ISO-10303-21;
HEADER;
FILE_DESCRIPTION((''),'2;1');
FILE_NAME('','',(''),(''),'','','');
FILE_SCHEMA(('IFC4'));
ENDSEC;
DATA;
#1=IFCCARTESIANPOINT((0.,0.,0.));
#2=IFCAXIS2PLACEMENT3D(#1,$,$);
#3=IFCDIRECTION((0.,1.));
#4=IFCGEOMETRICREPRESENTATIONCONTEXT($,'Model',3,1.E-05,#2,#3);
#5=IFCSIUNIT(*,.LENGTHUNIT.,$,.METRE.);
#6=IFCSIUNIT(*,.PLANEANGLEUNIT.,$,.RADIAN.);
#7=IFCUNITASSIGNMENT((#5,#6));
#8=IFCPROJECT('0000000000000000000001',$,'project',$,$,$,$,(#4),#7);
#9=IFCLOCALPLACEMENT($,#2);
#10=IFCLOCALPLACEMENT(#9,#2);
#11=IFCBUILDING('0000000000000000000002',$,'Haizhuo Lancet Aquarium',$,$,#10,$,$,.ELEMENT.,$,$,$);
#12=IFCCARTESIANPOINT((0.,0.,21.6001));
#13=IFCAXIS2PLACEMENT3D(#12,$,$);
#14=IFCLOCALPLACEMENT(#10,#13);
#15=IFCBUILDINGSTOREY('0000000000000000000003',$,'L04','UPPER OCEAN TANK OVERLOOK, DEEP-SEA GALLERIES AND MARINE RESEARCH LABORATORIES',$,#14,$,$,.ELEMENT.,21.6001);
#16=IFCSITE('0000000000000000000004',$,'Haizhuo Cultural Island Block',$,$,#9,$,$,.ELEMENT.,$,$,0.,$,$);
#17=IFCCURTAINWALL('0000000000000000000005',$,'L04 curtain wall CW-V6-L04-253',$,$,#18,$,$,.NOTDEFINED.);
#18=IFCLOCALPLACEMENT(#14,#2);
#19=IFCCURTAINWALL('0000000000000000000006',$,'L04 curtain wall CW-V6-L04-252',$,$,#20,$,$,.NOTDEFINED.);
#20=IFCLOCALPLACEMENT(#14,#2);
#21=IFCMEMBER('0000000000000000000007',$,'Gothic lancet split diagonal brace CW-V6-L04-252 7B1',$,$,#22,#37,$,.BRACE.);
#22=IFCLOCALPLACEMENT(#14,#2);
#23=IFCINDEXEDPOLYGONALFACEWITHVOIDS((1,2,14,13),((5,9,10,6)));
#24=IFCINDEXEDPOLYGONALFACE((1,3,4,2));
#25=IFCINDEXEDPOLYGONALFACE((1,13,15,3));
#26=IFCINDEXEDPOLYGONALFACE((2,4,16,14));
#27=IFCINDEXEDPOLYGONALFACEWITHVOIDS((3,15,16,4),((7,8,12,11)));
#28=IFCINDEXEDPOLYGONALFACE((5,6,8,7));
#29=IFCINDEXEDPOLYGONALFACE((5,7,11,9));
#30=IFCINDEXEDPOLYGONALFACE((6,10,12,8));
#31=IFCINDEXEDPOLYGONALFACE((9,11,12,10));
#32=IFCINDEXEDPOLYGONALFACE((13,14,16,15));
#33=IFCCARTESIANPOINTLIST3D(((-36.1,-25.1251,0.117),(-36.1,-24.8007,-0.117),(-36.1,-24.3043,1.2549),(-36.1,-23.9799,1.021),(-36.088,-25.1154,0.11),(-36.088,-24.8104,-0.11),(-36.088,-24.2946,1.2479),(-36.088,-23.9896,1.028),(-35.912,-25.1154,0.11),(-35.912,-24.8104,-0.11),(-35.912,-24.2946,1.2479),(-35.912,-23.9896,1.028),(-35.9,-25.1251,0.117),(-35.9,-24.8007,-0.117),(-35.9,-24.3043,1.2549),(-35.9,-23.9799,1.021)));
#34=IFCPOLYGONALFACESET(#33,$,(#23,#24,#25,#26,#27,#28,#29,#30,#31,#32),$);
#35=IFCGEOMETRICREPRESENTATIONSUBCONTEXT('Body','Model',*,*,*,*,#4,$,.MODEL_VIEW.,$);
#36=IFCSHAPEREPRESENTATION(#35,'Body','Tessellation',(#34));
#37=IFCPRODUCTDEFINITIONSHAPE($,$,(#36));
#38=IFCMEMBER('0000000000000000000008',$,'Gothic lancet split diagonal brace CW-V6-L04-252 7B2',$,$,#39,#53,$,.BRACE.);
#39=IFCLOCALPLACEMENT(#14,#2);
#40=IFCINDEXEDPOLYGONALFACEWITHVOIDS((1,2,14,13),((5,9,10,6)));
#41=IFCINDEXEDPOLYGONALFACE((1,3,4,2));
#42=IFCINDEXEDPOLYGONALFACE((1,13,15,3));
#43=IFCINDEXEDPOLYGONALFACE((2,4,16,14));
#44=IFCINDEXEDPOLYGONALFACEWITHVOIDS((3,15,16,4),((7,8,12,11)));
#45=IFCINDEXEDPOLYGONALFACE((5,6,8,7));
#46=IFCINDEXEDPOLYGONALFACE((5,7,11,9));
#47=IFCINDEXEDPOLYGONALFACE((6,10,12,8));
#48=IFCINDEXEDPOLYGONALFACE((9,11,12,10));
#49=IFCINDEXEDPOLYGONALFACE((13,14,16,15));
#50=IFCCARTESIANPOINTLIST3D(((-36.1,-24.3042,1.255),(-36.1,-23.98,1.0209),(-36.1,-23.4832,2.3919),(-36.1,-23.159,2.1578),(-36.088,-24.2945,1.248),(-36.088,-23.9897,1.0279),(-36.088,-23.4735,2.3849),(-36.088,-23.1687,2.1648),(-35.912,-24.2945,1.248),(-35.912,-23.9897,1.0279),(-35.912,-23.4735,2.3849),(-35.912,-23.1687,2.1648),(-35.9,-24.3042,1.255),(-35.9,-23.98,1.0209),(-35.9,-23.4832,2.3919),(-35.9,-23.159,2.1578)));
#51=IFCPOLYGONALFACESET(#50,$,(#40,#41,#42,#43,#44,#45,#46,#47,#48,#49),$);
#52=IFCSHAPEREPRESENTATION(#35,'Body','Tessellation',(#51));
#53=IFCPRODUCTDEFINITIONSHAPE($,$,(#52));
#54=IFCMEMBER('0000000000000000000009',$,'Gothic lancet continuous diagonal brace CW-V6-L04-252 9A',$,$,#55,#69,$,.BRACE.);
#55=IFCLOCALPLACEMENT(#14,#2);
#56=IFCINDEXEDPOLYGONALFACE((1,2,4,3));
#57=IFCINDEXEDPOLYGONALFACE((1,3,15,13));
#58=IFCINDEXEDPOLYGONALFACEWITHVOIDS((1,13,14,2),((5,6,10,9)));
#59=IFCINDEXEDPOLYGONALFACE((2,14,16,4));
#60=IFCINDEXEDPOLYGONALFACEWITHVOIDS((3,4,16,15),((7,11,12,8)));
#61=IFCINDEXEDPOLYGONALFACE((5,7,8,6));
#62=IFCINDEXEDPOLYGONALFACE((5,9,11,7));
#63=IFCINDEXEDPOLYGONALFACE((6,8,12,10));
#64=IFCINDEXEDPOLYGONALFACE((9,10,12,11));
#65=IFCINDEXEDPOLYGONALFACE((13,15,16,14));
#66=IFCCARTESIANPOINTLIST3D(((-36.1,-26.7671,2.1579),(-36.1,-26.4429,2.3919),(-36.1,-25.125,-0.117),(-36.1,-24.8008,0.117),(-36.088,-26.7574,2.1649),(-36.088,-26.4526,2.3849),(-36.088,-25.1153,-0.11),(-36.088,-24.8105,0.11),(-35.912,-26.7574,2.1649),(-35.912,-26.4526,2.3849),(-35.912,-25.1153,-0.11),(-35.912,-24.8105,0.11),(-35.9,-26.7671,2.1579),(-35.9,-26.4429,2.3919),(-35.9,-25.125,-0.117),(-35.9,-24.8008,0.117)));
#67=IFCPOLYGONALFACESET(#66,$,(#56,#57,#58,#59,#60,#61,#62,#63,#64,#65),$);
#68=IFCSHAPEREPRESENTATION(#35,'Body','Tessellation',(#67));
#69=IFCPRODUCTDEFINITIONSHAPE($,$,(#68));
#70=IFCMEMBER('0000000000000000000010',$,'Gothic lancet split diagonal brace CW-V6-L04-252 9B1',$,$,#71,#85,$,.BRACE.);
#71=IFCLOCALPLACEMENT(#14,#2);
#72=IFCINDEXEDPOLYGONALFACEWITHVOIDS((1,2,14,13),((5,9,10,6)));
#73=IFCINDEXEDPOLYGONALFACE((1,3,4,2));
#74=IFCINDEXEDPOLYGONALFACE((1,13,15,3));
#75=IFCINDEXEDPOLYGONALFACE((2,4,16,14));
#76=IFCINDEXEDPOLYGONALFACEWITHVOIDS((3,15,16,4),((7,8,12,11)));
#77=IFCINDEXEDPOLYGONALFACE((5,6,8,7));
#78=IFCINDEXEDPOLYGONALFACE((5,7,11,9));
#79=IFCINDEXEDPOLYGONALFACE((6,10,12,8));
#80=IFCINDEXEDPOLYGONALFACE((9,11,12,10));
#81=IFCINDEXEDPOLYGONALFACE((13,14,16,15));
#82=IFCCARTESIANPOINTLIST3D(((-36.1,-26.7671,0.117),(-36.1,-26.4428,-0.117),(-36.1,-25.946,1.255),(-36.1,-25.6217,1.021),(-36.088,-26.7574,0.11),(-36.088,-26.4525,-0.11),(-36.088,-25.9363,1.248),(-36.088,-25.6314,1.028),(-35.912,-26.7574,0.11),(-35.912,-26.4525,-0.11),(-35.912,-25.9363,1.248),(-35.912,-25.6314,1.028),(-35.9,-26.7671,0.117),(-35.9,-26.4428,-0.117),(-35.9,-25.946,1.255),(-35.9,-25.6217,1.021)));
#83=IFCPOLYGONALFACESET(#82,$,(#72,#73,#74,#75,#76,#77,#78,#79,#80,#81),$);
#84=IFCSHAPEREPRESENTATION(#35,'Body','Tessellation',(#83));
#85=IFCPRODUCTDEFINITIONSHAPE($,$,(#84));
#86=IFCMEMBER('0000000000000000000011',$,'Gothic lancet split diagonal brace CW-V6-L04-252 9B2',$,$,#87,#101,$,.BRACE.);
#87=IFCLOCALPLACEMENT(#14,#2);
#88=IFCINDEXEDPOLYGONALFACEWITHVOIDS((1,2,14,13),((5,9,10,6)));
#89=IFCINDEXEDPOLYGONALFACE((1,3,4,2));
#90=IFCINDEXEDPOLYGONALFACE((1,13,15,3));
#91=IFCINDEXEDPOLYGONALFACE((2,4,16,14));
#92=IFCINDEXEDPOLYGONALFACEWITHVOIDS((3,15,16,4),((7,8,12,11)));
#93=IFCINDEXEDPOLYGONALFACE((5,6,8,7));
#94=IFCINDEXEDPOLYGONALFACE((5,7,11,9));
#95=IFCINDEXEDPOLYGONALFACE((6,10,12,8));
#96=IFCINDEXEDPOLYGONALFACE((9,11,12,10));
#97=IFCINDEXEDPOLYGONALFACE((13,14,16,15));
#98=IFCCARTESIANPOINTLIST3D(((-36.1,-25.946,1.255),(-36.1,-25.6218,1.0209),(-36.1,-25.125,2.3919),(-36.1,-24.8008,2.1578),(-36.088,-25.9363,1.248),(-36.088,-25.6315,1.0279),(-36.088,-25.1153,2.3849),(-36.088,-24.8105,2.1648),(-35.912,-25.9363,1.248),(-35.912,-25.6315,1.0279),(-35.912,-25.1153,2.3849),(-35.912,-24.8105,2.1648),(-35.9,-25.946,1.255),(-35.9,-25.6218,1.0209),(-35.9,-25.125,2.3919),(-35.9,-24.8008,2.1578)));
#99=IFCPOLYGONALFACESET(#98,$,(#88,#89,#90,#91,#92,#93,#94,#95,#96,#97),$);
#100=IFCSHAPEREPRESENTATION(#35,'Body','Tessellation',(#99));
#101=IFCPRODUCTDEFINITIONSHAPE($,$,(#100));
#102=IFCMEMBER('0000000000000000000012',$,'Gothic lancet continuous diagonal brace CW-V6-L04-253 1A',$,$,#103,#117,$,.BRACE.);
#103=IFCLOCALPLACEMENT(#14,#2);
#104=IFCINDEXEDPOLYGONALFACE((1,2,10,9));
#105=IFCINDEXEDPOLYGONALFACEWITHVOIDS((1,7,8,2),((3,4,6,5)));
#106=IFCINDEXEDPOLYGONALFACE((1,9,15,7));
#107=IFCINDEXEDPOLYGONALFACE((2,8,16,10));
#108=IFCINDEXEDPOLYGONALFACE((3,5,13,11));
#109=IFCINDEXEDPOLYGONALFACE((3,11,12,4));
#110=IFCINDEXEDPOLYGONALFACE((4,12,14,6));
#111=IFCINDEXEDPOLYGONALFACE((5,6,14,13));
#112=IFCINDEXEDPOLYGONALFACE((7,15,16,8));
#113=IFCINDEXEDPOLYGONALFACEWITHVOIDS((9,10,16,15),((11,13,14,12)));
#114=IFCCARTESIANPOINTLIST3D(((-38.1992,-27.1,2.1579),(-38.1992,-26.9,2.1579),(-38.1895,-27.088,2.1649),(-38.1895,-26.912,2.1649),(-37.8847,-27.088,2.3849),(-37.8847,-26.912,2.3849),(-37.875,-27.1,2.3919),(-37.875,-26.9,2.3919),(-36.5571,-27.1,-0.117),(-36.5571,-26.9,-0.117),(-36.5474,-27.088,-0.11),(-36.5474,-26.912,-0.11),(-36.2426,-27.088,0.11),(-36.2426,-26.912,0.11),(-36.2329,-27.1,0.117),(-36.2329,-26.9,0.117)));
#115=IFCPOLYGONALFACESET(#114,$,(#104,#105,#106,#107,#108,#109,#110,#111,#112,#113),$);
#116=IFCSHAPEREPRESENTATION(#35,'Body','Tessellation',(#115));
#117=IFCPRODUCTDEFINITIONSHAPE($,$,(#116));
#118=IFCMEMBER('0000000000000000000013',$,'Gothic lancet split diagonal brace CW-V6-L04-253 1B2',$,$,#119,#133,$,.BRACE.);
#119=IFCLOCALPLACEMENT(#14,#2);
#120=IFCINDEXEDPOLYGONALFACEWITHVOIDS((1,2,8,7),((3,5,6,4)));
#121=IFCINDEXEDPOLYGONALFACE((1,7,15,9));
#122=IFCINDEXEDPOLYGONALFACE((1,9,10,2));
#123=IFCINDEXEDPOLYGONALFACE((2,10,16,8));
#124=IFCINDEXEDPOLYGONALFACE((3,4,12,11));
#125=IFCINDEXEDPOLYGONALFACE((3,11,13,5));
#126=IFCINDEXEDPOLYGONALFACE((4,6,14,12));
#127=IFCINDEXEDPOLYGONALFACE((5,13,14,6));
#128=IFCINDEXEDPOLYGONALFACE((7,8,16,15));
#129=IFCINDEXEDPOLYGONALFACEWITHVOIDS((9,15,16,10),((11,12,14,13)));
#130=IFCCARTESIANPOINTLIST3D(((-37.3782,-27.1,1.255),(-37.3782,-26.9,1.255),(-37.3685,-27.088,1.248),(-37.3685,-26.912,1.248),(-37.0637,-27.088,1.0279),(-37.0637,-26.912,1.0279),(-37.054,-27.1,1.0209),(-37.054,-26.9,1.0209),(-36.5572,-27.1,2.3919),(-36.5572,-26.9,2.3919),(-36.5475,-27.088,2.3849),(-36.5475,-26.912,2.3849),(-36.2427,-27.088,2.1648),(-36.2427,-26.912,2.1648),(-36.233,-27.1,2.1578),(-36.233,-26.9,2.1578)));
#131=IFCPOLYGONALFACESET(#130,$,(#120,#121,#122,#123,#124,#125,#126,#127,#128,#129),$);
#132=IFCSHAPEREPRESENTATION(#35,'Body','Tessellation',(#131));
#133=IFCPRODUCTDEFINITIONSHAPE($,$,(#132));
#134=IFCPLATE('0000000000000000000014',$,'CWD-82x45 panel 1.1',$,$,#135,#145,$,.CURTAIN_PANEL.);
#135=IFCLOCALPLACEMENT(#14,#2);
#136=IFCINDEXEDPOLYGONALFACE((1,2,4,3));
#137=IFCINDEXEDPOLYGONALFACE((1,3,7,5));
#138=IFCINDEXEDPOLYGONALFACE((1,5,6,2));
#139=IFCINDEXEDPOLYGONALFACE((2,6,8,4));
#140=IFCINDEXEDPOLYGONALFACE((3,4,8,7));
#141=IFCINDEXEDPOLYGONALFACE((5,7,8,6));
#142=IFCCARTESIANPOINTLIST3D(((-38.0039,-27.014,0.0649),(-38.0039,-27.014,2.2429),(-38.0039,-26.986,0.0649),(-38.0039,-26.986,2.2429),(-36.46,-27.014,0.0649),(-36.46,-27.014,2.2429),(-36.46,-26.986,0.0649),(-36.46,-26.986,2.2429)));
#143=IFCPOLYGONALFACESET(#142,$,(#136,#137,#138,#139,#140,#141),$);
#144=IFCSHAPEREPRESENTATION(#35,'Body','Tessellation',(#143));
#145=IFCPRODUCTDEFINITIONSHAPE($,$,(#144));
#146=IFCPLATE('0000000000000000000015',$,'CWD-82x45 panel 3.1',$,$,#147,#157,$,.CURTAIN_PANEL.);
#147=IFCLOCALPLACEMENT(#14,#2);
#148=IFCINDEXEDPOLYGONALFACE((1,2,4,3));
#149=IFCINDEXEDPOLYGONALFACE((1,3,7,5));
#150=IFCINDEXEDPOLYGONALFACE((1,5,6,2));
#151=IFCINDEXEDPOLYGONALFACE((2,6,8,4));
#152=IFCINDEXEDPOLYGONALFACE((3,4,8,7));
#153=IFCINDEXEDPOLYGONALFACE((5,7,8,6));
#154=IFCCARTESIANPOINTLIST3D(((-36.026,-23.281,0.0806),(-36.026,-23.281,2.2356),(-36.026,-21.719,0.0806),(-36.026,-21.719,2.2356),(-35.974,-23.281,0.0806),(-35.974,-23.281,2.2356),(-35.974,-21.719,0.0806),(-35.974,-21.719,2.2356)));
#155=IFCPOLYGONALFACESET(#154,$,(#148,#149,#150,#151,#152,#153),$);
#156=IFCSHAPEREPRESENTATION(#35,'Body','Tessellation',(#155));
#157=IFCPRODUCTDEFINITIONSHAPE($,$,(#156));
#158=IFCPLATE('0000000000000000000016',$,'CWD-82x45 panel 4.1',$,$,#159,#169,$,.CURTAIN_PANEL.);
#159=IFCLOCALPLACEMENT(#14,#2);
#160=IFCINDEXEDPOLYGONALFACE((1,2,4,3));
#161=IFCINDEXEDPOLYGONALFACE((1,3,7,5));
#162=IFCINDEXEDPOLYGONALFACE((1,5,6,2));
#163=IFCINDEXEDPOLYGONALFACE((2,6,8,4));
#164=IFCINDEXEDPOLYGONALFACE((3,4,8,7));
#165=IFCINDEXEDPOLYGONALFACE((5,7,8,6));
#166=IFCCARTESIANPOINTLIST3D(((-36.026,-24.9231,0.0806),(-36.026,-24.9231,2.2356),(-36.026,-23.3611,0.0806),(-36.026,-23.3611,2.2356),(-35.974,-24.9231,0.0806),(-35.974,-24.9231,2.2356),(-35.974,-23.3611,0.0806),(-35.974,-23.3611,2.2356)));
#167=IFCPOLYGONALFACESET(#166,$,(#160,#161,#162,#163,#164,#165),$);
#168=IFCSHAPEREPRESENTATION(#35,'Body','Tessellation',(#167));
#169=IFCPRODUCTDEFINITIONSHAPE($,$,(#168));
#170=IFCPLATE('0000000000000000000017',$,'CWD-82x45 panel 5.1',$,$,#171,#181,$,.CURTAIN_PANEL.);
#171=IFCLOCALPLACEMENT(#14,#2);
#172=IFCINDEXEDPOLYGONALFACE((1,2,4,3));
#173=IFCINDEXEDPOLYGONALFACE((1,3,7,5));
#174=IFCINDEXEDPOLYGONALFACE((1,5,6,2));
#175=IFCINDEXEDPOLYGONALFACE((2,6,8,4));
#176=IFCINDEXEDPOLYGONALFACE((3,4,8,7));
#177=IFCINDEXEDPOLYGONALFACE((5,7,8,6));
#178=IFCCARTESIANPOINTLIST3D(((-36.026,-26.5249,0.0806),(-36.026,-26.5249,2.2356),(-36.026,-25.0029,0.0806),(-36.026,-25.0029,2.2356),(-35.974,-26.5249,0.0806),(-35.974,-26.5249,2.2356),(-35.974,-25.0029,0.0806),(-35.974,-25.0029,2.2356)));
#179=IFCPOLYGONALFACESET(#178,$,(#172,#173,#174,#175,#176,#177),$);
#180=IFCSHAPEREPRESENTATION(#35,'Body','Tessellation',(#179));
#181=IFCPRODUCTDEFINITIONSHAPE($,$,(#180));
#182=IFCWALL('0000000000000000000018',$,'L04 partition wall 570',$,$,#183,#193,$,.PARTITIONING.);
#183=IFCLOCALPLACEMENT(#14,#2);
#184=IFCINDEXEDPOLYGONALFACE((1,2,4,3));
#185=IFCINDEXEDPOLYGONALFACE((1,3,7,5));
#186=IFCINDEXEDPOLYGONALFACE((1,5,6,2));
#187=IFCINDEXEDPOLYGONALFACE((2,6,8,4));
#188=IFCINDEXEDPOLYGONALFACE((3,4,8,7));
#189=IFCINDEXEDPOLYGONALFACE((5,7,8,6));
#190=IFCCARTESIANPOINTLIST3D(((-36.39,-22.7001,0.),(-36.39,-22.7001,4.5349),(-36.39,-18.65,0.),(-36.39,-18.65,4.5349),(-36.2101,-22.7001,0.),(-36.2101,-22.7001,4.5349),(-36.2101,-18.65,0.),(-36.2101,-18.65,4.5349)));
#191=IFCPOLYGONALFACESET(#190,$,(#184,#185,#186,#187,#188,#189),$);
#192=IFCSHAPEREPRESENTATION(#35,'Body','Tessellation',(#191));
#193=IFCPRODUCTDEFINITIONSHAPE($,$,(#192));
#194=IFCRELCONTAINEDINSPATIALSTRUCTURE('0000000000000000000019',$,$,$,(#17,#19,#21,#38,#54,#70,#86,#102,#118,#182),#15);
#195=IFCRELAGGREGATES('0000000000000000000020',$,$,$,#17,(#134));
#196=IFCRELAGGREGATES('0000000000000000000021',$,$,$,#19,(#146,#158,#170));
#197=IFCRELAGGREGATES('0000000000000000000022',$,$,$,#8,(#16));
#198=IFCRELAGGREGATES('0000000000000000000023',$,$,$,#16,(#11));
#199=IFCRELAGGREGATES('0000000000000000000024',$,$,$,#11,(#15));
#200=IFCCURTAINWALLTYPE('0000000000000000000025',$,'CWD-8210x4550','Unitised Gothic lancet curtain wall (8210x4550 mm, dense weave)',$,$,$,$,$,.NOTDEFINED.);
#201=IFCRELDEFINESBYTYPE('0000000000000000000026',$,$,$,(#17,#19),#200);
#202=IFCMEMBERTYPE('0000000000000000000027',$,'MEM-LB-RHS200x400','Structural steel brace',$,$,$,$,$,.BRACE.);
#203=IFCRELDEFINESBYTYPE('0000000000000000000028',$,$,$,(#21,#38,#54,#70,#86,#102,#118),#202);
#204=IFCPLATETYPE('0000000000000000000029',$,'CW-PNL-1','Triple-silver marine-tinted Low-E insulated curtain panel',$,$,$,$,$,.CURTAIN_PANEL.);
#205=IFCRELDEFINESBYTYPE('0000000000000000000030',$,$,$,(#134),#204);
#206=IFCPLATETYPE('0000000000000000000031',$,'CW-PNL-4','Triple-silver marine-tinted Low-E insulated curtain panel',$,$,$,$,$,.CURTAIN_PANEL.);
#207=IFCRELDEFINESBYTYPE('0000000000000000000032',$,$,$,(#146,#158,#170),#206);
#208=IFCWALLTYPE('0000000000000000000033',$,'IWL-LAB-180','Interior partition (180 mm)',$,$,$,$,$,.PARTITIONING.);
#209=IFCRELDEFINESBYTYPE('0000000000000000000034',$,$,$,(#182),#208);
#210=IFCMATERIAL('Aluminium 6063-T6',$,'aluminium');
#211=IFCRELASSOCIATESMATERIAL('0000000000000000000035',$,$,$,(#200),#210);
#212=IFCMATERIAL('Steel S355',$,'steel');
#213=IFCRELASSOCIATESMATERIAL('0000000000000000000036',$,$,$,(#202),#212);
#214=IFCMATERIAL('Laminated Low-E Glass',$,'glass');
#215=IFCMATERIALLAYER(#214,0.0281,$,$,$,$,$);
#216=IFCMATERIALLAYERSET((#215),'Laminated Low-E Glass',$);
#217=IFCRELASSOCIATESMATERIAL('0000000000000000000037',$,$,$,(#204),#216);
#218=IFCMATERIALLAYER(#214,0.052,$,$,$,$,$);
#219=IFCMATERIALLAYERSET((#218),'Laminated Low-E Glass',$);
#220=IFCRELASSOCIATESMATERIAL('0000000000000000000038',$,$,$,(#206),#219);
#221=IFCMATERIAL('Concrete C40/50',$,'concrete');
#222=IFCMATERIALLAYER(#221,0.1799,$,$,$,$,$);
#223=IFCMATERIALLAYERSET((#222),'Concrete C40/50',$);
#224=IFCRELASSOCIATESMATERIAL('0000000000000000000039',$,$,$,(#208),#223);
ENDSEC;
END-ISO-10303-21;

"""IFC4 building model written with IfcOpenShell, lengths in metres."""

from ifc_helpers import new_model, si_unit, direction, frame, frame_2d, origin, origin_2d, place, context, subcontext, project, spatial, rectangle, hollow_rectangle, extrude, material, layer, layer_set, material_profile, profile_set, type_object, element, aggregate, save


model = new_model("IFC4")

# Units and contexts
model_context = context("Model", 3, precision=1e-05, world=origin(), true_north=direction((0.0, 1.0)))
body_context = subcontext(model_context, "Body", "Model", "MODEL_VIEW")
ifc_project = project(units=[si_unit("LENGTHUNIT", "METRE"), si_unit("PLANEANGLEUNIT", "RADIAN")], contexts=[model_context])

# Site, building, storey
site_placement = place(None, origin())
site = spatial("IfcSite", under=ifc_project, at=site_placement, Name="Haizhuo Cultural Island Block", CompositionType="ELEMENT", RefElevation=0.0)
building_placement = place(site_placement, origin())
building = spatial("IfcBuilding", under=site, at=building_placement, Name="Haizhuo Lancet Aquarium", CompositionType="ELEMENT")
storey_placement = place(building_placement, frame((0.0, 0.0, 21.6001)))
storey = spatial("IfcBuildingStorey", under=building, at=storey_placement, Name="L04", Description="UPPER OCEAN TANK OVERLOOK, DEEP-SEA GALLERIES AND MARINE RESEARCH LABORATORIES", CompositionType="ELEMENT", Elevation=21.6001)

# Shared definitions
ifc_material_1 = material(Name="Concrete C40/50", Category="concrete")

# Curtain wall
ifc_material_2 = material(Name="Aluminium 6063-T6", Category="aluminium")
curtain_wall_type = type_object("IfcCurtainWallType", Name="CWD-8210x4550", Description="Unitised Gothic lancet curtain wall (8210x4550 mm, dense weave)", PredefinedType="NOTDEFINED", material=ifc_material_2)
curtain_wall_1_placement = place(storey_placement, origin())
curtain_wall_1 = element("IfcCurtainWall", 1, at=curtain_wall_1_placement, inside=storey, type_object=curtain_wall_type, Name="L04 curtain wall CW-V6-L04-253", PredefinedType="NOTDEFINED")

# Curtain wall
curtain_wall_2_placement = place(storey_placement, origin())
curtain_wall_2 = element("IfcCurtainWall", 2, at=curtain_wall_2_placement, inside=storey, type_object=curtain_wall_type, Name="L04 curtain wall CW-V6-L04-252", PredefinedType="NOTDEFINED")

# Members
ifc_material_3 = material(Name="Steel S355", Category="steel")
ifc_material_profile_1 = material_profile(ifc_material_3, hollow_rectangle(XDim=0.2, YDim=0.3999, WallThickness=0.012, at=origin_2d()), Name="RHS 200x400x12")
ifc_profile_set_1 = profile_set([ifc_material_profile_1], Name="Steel S355")
member_type_1 = type_object("IfcMemberType", Name="MEM-LB-RHS200x400", Description="Structural steel brace", PredefinedType="BRACE", material=ifc_profile_set_1)
member_1_placement = place(storey_placement, frame((-36.0, -24.9629, 0.0), z_axis=(0.0, 0.585001, 0.811032), x_axis=(-1.0, 0.0, 0.0)))
element("IfcMember", 3, at=member_1_placement, inside=storey, type_object=member_type_1, Name="Gothic lancet split diagonal brace CW-V6-L04-252 7B1", PredefinedType="BRACE", context=body_context, shape_type="SweptSolid", body=[
    extrude(hollow_rectangle(XDim=0.2, YDim=0.3999, WallThickness=0.012, at=origin_2d()), origin(), (0.0, 0.0, 1.0), 1.4031),
])
member_2_placement = place(storey_placement, frame((-36.0, -24.1421, 1.1379), z_axis=(0.0, 0.585446, 0.810711), x_axis=(-1.0, 0.0, 0.0)))
element("IfcMember", 4, at=member_2_placement, inside=storey, type_object=member_type_1, Name="Gothic lancet split diagonal brace CW-V6-L04-252 7B2", PredefinedType="BRACE", context=body_context, shape_type="SweptSolid", body=[
    extrude(hollow_rectangle(XDim=0.2, YDim=0.3999, WallThickness=0.012, at=origin_2d()), origin(), (0.0, 0.0, 1.0), 1.4023),
])
member_3_placement = place(storey_placement, frame((-36.0, -24.9629, 0.0), z_axis=(0.0, -0.585281, 0.810831), x_axis=(1.0, 0.0, 0.0)))
element("IfcMember", 5, at=member_3_placement, inside=storey, type_object=member_type_1, Name="Gothic lancet continuous diagonal brace CW-V6-L04-252 9A", PredefinedType="BRACE", context=body_context, shape_type="SweptSolid", body=[
    extrude(hollow_rectangle(XDim=0.2, YDim=0.3999, WallThickness=0.012, at=origin_2d()), origin(), (0.0, 0.0, 1.0), 2.8057),
])
member_4_placement = place(storey_placement, frame((-36.0, -26.605, 0.0), z_axis=(0.0, 0.585116, 0.81095), x_axis=(-1.0, 0.0, 0.0)))
element("IfcMember", 6, at=member_4_placement, inside=storey, type_object=member_type_1, Name="Gothic lancet split diagonal brace CW-V6-L04-252 9B1", PredefinedType="BRACE", context=body_context, shape_type="SweptSolid", body=[
    extrude(hollow_rectangle(XDim=0.2, YDim=0.3999, WallThickness=0.012, at=origin_2d()), origin(), (0.0, 0.0, 1.0), 1.4033),
])
member_5_placement = place(storey_placement, frame((-36.0, -25.7839, 1.1379), z_axis=(0.0, 0.585446, 0.810711), x_axis=(-1.0, 0.0, 0.0)))
element("IfcMember", 7, at=member_5_placement, inside=storey, type_object=member_type_1, Name="Gothic lancet split diagonal brace CW-V6-L04-252 9B2", PredefinedType="BRACE", context=body_context, shape_type="SweptSolid", body=[
    extrude(hollow_rectangle(XDim=0.2, YDim=0.3999, WallThickness=0.012, at=origin_2d()), origin(), (0.0, 0.0, 1.0), 1.4023),
])
member_6_placement = place(storey_placement, frame((-36.395, -27.0, 0.0), z_axis=(-0.585281, 0.0, 0.810831), x_axis=(0.0, -1.0, 0.0)))
element("IfcMember", 8, at=member_6_placement, inside=storey, type_object=member_type_1, Name="Gothic lancet continuous diagonal brace CW-V6-L04-253 1A", PredefinedType="BRACE", context=body_context, shape_type="SweptSolid", body=[
    extrude(hollow_rectangle(XDim=0.2, YDim=0.3999, WallThickness=0.012, at=origin_2d()), origin(), (0.0, 0.0, 1.0), 2.8057),
])
member_7_placement = place(storey_placement, frame((-37.2161, -27.0, 1.1379), z_axis=(0.585446, 0.0, 0.810711), x_axis=(0.0, 1.0, 0.0)))
element("IfcMember", 9, at=member_7_placement, inside=storey, type_object=member_type_1, Name="Gothic lancet split diagonal brace CW-V6-L04-253 1B2", PredefinedType="BRACE", context=body_context, shape_type="SweptSolid", body=[
    extrude(hollow_rectangle(XDim=0.2, YDim=0.3999, WallThickness=0.012, at=origin_2d()), origin(), (0.0, 0.0, 1.0), 1.4023),
])

# Plates
ifc_material_4 = material(Name="Laminated Low-E Glass", Category="glass")
ifc_layer_1 = layer(ifc_material_4, 0.0281)
ifc_layer_set_1 = layer_set([ifc_layer_1], Name="Laminated Low-E Glass")
plate_type_1 = type_object("IfcPlateType", Name="CW-PNL-1", Description="Triple-silver marine-tinted Low-E insulated curtain panel", PredefinedType="CURTAIN_PANEL", material=ifc_layer_set_1)
plate_1_placement = place(storey_placement, frame((-37.2319, -27.0, 0.0649), z_axis=(0.0, 0.0, 1.0), x_axis=(-1.0, 0.0, 0.0)))
plate_1 = element("IfcPlate", 10, at=plate_1_placement, type_object=plate_type_1, Name="CWD-82x45 panel 1.1", PredefinedType="CURTAIN_PANEL", context=body_context, shape_type="SweptSolid", body=[
    extrude(rectangle(XDim=1.5439, YDim=0.0281, at=origin_2d()), origin(), (0.0, 0.0, 1.0), 2.178),
])
aggregate(curtain_wall_1, [plate_1])
ifc_layer_2 = layer(ifc_material_4, 0.052)
ifc_layer_set_2 = layer_set([ifc_layer_2], Name="Laminated Low-E Glass")
plate_type_2 = type_object("IfcPlateType", Name="CW-PNL-4", Description="Triple-silver marine-tinted Low-E insulated curtain panel", PredefinedType="CURTAIN_PANEL", material=ifc_layer_set_2)
plate_2_placement = place(storey_placement, frame((-36.0, -22.5, 0.0806), z_axis=(0.0, 0.0, 1.0), x_axis=(0.0, -1.0, 0.0)))
plate_2 = element("IfcPlate", 11, at=plate_2_placement, type_object=plate_type_2, Name="CWD-82x45 panel 3.1", PredefinedType="CURTAIN_PANEL", context=body_context, shape_type="SweptSolid", body=[
    extrude(rectangle(XDim=1.562, YDim=0.052, at=origin_2d()), origin(), (0.0, 0.0, 1.0), 2.155),
])
plate_3_placement = place(storey_placement, frame((-36.0, -24.1421, 0.0806), z_axis=(0.0, 0.0, 1.0), x_axis=(0.0, -1.0, 0.0)))
plate_3 = element("IfcPlate", 12, at=plate_3_placement, type_object=plate_type_2, Name="CWD-82x45 panel 4.1", PredefinedType="CURTAIN_PANEL", context=body_context, shape_type="SweptSolid", body=[
    extrude(rectangle(XDim=1.562, YDim=0.052, at=origin_2d()), origin(), (0.0, 0.0, 1.0), 2.155),
])
plate_4_placement = place(storey_placement, frame((-36.0, -25.7639, 0.0806), z_axis=(0.0, 0.0, 1.0), x_axis=(0.0, -1.0, 0.0)))
plate_4 = element("IfcPlate", 13, at=plate_4_placement, type_object=plate_type_2, Name="CWD-82x45 panel 5.1", PredefinedType="CURTAIN_PANEL", context=body_context, shape_type="SweptSolid", body=[
    extrude(rectangle(XDim=1.522, YDim=0.052, at=origin_2d()), origin(), (0.0, 0.0, 1.0), 2.155),
])
aggregate(curtain_wall_2, [plate_2, plate_3, plate_4])

# Wall
ifc_layer_3 = layer(ifc_material_1, 0.1799)
ifc_layer_set_3 = layer_set([ifc_layer_3], Name="Concrete C40/50")
wall_type = type_object("IfcWallType", Name="IWL-LAB-180", Description="Interior partition (180 mm)", PredefinedType="PARTITIONING", material=ifc_layer_set_3)
wall_placement = place(storey_placement, frame((-36.3, -22.7, 0.0), z_axis=(0.0, 0.0, 1.0), x_axis=(0.0, 1.0, 0.0)))
element("IfcWall", 14, at=wall_placement, inside=storey, type_object=wall_type, Name="L04 partition wall 570", PredefinedType="PARTITIONING", context=body_context, shape_type="SweptSolid", body=[
    extrude(rectangle(XDim=4.05, YDim=0.1799, at=frame_2d((2.0249, 0.0))), origin(), (0.0, 0.0, 1.0), 4.5349),
])

save(model, "model.ifc")
